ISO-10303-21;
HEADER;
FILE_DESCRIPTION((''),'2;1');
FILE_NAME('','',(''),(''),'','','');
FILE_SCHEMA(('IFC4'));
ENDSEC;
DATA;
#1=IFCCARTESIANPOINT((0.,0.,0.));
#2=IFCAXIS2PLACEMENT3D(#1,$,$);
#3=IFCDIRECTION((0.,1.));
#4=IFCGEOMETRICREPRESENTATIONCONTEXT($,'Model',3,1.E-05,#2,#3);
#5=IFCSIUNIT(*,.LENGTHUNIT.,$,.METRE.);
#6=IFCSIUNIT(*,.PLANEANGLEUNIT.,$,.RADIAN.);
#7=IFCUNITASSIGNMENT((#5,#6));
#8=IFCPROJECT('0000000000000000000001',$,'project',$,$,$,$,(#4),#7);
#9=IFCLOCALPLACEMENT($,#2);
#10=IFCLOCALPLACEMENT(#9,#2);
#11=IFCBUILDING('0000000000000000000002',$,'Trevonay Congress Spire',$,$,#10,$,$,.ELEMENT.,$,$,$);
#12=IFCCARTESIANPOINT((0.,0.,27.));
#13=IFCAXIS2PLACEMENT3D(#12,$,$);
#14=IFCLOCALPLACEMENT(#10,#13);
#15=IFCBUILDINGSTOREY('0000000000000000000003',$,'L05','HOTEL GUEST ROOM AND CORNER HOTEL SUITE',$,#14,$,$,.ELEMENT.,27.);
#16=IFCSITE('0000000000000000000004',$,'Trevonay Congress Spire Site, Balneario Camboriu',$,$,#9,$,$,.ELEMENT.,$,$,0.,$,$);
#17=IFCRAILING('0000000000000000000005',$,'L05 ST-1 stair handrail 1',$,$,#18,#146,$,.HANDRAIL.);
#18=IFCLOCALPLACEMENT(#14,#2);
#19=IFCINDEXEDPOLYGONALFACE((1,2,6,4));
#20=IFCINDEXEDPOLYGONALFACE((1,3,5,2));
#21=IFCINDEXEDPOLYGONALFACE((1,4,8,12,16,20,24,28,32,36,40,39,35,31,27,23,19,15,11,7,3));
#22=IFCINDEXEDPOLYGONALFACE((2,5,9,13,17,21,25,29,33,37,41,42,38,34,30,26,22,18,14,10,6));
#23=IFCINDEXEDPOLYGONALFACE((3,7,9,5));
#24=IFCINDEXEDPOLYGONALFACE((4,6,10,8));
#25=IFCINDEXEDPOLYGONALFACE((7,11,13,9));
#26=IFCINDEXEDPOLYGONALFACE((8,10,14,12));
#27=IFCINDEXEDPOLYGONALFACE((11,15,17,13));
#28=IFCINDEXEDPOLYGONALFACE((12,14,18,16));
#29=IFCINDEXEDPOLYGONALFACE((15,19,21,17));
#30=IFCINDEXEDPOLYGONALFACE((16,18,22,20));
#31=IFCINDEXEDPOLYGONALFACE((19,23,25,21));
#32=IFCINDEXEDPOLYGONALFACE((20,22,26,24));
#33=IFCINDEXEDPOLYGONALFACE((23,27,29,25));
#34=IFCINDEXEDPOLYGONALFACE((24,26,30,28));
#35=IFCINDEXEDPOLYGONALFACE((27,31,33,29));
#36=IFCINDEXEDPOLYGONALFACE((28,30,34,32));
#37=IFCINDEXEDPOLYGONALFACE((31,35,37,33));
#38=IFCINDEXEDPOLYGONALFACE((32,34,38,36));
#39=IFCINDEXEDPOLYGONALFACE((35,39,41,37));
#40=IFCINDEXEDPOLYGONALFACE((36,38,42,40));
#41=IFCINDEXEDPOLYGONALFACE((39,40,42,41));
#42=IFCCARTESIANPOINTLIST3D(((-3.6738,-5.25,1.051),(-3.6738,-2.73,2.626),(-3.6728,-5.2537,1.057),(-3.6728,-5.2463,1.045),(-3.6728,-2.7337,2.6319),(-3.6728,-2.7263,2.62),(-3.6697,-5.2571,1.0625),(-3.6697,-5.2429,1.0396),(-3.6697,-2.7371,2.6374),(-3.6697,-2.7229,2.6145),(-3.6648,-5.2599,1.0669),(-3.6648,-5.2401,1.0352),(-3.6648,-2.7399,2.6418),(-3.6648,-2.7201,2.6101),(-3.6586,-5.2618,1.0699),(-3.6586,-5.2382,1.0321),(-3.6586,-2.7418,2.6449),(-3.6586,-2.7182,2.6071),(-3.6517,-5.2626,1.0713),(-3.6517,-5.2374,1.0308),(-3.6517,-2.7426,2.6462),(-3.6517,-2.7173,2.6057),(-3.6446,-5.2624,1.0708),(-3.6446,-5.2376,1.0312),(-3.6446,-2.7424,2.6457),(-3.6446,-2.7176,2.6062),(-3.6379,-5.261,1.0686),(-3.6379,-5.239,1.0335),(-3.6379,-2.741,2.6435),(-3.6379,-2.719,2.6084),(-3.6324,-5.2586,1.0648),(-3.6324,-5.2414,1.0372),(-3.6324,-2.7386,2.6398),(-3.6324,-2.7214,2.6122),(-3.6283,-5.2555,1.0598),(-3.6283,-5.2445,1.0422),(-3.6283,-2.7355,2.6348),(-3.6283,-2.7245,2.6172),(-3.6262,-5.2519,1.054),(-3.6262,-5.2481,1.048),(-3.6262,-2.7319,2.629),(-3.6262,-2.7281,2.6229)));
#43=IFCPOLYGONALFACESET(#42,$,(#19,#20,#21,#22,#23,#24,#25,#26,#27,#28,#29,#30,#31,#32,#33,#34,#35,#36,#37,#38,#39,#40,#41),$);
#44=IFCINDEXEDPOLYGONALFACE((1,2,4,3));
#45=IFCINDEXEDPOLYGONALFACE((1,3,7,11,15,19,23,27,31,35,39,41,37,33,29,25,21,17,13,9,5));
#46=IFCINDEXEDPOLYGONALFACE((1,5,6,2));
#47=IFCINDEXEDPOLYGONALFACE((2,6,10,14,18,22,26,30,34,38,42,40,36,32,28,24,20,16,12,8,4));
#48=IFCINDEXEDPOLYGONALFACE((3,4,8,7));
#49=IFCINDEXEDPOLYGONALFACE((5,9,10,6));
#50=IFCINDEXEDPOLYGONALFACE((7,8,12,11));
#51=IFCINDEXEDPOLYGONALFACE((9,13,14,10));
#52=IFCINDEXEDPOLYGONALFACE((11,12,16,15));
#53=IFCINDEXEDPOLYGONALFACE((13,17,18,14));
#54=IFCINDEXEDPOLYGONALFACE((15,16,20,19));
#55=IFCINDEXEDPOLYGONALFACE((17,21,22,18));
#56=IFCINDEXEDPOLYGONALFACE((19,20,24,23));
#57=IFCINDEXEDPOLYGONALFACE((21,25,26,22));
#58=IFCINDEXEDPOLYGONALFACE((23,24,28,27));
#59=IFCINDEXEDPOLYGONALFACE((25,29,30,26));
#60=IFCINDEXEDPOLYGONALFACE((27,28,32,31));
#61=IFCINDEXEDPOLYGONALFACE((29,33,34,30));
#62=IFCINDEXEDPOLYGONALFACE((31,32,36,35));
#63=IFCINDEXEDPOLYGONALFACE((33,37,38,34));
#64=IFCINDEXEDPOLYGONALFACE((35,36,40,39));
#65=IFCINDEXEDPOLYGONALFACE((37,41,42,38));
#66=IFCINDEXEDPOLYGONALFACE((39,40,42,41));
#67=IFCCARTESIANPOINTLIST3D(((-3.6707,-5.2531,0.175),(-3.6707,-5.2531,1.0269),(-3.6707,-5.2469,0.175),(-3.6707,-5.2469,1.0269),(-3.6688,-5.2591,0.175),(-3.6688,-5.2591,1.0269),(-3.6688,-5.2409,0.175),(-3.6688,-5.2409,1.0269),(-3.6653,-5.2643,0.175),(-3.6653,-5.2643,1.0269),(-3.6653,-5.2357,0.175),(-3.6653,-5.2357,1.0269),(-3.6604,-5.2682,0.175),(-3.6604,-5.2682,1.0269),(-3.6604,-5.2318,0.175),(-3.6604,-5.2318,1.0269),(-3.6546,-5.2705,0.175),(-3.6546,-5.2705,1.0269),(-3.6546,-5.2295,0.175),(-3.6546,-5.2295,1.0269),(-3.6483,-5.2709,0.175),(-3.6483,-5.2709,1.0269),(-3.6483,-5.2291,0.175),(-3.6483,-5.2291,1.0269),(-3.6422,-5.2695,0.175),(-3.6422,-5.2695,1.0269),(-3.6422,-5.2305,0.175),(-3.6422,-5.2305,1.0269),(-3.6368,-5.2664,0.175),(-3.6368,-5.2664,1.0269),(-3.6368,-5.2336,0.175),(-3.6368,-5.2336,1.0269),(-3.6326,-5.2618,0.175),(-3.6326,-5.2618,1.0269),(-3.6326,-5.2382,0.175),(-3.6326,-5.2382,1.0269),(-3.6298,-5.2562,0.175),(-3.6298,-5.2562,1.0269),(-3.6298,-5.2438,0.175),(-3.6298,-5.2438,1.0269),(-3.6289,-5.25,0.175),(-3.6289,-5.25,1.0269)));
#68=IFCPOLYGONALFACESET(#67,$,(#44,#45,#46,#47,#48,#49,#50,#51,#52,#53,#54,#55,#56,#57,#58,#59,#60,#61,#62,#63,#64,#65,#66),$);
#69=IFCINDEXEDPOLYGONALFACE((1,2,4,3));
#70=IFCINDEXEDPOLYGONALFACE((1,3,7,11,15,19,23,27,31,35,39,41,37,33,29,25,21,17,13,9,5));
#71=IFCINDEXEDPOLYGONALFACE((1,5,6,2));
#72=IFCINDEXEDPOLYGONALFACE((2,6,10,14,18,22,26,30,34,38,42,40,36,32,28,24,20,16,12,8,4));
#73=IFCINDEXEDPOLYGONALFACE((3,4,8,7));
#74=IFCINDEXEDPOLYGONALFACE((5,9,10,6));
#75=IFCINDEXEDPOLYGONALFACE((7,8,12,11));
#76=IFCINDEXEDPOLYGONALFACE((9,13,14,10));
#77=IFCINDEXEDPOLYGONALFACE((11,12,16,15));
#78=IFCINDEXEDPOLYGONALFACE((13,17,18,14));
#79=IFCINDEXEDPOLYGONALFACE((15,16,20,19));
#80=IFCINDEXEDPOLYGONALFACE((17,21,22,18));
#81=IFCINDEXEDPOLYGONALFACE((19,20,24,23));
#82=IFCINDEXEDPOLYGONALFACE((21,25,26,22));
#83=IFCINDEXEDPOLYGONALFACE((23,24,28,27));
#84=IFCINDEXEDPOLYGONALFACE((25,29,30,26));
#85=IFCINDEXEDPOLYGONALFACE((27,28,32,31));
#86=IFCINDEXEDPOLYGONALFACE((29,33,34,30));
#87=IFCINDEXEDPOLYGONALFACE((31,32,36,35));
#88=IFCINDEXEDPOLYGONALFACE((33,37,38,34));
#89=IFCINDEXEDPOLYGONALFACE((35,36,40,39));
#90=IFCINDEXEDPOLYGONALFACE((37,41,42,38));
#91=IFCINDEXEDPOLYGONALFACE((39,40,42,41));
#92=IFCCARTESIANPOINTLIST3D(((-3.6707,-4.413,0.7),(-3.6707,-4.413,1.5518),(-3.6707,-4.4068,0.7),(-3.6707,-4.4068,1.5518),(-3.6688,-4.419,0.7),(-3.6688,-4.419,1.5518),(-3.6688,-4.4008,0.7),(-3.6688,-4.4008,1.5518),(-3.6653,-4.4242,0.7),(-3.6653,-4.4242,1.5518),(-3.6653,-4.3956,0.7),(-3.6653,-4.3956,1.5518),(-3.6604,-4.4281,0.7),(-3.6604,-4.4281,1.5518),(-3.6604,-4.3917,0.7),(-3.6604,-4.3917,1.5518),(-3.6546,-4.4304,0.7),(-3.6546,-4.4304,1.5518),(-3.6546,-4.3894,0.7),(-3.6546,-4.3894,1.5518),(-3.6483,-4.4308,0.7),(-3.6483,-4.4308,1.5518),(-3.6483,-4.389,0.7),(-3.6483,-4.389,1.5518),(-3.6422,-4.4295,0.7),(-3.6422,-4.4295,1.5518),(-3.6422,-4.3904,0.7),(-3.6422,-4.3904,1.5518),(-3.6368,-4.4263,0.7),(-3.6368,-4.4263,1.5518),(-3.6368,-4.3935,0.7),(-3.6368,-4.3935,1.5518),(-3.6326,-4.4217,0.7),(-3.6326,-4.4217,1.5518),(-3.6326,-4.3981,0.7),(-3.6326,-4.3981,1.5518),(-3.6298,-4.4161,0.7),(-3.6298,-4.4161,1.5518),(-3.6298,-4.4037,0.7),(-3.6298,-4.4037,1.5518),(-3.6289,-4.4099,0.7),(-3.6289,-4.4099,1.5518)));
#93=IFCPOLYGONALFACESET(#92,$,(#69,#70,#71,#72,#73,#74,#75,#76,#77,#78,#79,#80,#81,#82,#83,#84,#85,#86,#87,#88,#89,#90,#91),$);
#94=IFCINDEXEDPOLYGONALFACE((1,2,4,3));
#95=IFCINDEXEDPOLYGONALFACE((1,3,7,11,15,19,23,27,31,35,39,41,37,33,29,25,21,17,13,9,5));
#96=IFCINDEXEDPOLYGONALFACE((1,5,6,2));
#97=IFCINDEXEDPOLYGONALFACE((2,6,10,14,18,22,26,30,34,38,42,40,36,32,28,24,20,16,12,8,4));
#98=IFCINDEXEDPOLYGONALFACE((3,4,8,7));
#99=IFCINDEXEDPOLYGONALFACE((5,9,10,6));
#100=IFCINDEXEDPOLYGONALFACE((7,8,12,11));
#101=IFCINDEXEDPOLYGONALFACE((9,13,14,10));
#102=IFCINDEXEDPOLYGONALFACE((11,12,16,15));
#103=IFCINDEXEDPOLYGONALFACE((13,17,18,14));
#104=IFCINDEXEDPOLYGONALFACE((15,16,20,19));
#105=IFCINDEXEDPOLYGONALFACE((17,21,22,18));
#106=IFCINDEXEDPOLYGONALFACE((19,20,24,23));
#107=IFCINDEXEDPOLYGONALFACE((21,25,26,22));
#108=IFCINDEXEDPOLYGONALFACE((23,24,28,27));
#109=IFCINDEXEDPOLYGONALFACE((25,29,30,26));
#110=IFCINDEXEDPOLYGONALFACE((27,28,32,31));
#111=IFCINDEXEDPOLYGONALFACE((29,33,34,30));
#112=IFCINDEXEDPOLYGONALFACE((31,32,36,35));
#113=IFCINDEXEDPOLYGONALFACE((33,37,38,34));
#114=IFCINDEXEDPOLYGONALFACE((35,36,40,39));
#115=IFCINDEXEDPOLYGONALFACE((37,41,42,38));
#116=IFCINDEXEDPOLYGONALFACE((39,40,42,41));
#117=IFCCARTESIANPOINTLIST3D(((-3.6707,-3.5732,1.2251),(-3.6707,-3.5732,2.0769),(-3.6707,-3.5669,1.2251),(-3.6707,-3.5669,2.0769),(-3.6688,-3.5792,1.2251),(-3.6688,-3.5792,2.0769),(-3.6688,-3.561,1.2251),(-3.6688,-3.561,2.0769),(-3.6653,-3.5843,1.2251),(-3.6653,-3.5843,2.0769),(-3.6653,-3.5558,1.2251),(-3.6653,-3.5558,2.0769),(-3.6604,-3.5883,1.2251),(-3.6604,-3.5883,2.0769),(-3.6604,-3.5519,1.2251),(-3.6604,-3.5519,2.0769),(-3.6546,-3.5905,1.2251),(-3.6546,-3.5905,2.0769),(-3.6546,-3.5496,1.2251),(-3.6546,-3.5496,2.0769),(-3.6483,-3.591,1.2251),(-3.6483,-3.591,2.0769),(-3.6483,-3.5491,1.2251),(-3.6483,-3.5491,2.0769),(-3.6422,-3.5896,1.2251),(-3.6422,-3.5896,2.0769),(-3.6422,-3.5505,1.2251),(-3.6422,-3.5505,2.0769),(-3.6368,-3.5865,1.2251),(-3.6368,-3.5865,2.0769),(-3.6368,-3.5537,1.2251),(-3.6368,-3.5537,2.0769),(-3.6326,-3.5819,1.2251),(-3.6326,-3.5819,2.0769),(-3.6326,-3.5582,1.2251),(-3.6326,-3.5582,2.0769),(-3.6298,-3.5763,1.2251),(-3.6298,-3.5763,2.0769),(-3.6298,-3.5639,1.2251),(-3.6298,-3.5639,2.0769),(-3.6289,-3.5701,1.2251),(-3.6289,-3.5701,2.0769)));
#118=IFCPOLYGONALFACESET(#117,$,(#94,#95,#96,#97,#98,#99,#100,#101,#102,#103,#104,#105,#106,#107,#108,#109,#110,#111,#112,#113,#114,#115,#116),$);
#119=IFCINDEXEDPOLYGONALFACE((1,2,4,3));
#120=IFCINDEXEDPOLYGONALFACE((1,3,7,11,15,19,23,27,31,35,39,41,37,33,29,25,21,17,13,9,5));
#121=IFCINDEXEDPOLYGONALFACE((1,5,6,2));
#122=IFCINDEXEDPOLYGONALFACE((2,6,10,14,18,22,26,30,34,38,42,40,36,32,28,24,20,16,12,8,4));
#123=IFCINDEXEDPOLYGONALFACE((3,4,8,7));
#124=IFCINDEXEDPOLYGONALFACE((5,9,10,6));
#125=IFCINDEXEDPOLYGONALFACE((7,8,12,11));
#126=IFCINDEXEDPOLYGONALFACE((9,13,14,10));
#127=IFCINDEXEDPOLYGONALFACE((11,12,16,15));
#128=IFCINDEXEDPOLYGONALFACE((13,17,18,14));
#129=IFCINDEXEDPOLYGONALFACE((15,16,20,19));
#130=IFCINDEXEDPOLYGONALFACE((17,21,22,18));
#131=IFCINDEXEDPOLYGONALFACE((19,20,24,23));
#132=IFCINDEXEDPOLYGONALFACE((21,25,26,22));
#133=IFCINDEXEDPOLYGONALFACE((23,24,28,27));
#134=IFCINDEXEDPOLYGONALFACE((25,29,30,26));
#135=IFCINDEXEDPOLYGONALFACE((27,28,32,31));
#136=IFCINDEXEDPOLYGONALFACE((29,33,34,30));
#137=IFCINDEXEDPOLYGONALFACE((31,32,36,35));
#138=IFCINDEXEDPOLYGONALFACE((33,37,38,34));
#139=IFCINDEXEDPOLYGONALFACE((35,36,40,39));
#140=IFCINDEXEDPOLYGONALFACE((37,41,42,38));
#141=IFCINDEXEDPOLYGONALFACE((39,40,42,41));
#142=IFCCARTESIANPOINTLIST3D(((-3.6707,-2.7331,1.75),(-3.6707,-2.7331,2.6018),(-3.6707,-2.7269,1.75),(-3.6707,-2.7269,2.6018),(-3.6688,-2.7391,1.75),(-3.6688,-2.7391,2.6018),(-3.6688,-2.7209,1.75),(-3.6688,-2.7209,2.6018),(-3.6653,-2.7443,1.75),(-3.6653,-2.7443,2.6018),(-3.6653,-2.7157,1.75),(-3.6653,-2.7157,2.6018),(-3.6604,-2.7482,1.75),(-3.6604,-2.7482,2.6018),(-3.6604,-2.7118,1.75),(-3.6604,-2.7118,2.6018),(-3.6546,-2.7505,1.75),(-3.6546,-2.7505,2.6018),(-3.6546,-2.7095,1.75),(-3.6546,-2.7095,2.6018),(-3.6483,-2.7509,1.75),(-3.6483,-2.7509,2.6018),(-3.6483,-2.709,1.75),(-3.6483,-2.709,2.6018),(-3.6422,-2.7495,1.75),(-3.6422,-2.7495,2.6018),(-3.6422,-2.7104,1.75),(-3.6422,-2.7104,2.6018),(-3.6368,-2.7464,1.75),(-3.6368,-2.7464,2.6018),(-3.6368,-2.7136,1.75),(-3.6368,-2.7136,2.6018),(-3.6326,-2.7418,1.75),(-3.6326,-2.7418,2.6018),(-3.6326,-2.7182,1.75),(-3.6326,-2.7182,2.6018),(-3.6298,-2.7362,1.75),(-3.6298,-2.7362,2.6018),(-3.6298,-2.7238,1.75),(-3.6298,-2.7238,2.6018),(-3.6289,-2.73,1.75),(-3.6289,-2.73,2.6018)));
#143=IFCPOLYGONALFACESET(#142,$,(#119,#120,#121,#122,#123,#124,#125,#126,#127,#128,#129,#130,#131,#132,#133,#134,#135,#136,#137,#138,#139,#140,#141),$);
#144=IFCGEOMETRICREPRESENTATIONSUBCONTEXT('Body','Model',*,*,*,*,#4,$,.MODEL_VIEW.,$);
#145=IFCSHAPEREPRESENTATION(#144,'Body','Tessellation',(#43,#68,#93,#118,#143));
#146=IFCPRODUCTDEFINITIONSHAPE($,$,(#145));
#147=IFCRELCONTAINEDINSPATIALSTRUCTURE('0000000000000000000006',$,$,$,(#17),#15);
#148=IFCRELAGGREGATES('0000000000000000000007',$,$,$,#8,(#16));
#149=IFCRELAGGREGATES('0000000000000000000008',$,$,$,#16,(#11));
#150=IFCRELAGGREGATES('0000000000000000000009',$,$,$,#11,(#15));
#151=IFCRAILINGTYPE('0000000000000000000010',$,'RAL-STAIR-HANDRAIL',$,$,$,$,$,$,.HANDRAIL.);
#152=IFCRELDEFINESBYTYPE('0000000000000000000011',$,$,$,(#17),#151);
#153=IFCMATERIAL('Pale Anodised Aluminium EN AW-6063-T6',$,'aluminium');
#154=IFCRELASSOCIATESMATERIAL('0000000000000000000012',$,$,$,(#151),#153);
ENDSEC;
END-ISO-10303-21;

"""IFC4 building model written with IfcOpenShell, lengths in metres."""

from ifc_helpers import new_model, si_unit, direction, frame, origin, origin_2d, place, context, subcontext, project, spatial, circle, extrude, material, type_object, element, save


model = new_model("IFC4")

# Units and contexts
model_context = context("Model", 3, precision=1e-05, world=origin(), true_north=direction((0.0, 1.0)))
body_context = subcontext(model_context, "Body", "Model", "MODEL_VIEW")
ifc_project = project(units=[si_unit("LENGTHUNIT", "METRE"), si_unit("PLANEANGLEUNIT", "RADIAN")], contexts=[model_context])

# Site, building, storey
site_placement = place(None, origin())
site = spatial("IfcSite", under=ifc_project, at=site_placement, Name="Trevonay Congress Spire Site, Balneario Camboriu", CompositionType="ELEMENT", RefElevation=0.0)
building_placement = place(site_placement, origin())
building = spatial("IfcBuilding", under=site, at=building_placement, Name="Trevonay Congress Spire", CompositionType="ELEMENT")
storey_placement = place(building_placement, frame((0.0, 0.0, 27.0)))
storey = spatial("IfcBuildingStorey", under=building, at=storey_placement, Name="L05", Description="HOTEL GUEST ROOM AND CORNER HOTEL SUITE", CompositionType="ELEMENT", Elevation=27.0)

# Shared definitions
ifc_material_1 = material(Name="Pale Anodised Aluminium EN AW-6063-T6", Category="aluminium")

# Railing
railing_type_1 = type_object("IfcRailingType", Name="RAL-STAIR-HANDRAIL", PredefinedType="HANDRAIL", material=ifc_material_1)
railing_1_placement = place(storey_placement, frame((-3.6499, -5.25, 0.175)))
element("IfcRailing", 1, at=railing_1_placement, inside=storey, type_object=railing_type_1, Name="L05 ST-1 stair handrail 1", PredefinedType="HANDRAIL", context=body_context, shape_type="SweptSolid", body=[
    extrude(circle(Radius=0.0239, at=origin_2d()), frame((0.0, 0.0, 0.876), z_axis=(0.0, 0.848008, 0.529984), x_axis=(-1.0, 0.0, 0.0)), (0.0, 0.0, 1.0), 2.9717),
    extrude(circle(Radius=0.021, at=origin_2d()), origin(), (0.0, 0.0, 1.0), 0.8518),
    extrude(circle(Radius=0.021, at=origin_2d()), frame((0.0, 0.8401, 0.5249)), (0.0, 0.0, 1.0), 0.8518),
    extrude(circle(Radius=0.021, at=origin_2d()), frame((0.0, 1.6799, 1.05)), (0.0, 0.0, 1.0), 0.8518),
    extrude(circle(Radius=0.021, at=origin_2d()), frame((0.0, 2.52, 1.575)), (0.0, 0.0, 1.0), 0.8518),
])

save(model, "model.ifc")
